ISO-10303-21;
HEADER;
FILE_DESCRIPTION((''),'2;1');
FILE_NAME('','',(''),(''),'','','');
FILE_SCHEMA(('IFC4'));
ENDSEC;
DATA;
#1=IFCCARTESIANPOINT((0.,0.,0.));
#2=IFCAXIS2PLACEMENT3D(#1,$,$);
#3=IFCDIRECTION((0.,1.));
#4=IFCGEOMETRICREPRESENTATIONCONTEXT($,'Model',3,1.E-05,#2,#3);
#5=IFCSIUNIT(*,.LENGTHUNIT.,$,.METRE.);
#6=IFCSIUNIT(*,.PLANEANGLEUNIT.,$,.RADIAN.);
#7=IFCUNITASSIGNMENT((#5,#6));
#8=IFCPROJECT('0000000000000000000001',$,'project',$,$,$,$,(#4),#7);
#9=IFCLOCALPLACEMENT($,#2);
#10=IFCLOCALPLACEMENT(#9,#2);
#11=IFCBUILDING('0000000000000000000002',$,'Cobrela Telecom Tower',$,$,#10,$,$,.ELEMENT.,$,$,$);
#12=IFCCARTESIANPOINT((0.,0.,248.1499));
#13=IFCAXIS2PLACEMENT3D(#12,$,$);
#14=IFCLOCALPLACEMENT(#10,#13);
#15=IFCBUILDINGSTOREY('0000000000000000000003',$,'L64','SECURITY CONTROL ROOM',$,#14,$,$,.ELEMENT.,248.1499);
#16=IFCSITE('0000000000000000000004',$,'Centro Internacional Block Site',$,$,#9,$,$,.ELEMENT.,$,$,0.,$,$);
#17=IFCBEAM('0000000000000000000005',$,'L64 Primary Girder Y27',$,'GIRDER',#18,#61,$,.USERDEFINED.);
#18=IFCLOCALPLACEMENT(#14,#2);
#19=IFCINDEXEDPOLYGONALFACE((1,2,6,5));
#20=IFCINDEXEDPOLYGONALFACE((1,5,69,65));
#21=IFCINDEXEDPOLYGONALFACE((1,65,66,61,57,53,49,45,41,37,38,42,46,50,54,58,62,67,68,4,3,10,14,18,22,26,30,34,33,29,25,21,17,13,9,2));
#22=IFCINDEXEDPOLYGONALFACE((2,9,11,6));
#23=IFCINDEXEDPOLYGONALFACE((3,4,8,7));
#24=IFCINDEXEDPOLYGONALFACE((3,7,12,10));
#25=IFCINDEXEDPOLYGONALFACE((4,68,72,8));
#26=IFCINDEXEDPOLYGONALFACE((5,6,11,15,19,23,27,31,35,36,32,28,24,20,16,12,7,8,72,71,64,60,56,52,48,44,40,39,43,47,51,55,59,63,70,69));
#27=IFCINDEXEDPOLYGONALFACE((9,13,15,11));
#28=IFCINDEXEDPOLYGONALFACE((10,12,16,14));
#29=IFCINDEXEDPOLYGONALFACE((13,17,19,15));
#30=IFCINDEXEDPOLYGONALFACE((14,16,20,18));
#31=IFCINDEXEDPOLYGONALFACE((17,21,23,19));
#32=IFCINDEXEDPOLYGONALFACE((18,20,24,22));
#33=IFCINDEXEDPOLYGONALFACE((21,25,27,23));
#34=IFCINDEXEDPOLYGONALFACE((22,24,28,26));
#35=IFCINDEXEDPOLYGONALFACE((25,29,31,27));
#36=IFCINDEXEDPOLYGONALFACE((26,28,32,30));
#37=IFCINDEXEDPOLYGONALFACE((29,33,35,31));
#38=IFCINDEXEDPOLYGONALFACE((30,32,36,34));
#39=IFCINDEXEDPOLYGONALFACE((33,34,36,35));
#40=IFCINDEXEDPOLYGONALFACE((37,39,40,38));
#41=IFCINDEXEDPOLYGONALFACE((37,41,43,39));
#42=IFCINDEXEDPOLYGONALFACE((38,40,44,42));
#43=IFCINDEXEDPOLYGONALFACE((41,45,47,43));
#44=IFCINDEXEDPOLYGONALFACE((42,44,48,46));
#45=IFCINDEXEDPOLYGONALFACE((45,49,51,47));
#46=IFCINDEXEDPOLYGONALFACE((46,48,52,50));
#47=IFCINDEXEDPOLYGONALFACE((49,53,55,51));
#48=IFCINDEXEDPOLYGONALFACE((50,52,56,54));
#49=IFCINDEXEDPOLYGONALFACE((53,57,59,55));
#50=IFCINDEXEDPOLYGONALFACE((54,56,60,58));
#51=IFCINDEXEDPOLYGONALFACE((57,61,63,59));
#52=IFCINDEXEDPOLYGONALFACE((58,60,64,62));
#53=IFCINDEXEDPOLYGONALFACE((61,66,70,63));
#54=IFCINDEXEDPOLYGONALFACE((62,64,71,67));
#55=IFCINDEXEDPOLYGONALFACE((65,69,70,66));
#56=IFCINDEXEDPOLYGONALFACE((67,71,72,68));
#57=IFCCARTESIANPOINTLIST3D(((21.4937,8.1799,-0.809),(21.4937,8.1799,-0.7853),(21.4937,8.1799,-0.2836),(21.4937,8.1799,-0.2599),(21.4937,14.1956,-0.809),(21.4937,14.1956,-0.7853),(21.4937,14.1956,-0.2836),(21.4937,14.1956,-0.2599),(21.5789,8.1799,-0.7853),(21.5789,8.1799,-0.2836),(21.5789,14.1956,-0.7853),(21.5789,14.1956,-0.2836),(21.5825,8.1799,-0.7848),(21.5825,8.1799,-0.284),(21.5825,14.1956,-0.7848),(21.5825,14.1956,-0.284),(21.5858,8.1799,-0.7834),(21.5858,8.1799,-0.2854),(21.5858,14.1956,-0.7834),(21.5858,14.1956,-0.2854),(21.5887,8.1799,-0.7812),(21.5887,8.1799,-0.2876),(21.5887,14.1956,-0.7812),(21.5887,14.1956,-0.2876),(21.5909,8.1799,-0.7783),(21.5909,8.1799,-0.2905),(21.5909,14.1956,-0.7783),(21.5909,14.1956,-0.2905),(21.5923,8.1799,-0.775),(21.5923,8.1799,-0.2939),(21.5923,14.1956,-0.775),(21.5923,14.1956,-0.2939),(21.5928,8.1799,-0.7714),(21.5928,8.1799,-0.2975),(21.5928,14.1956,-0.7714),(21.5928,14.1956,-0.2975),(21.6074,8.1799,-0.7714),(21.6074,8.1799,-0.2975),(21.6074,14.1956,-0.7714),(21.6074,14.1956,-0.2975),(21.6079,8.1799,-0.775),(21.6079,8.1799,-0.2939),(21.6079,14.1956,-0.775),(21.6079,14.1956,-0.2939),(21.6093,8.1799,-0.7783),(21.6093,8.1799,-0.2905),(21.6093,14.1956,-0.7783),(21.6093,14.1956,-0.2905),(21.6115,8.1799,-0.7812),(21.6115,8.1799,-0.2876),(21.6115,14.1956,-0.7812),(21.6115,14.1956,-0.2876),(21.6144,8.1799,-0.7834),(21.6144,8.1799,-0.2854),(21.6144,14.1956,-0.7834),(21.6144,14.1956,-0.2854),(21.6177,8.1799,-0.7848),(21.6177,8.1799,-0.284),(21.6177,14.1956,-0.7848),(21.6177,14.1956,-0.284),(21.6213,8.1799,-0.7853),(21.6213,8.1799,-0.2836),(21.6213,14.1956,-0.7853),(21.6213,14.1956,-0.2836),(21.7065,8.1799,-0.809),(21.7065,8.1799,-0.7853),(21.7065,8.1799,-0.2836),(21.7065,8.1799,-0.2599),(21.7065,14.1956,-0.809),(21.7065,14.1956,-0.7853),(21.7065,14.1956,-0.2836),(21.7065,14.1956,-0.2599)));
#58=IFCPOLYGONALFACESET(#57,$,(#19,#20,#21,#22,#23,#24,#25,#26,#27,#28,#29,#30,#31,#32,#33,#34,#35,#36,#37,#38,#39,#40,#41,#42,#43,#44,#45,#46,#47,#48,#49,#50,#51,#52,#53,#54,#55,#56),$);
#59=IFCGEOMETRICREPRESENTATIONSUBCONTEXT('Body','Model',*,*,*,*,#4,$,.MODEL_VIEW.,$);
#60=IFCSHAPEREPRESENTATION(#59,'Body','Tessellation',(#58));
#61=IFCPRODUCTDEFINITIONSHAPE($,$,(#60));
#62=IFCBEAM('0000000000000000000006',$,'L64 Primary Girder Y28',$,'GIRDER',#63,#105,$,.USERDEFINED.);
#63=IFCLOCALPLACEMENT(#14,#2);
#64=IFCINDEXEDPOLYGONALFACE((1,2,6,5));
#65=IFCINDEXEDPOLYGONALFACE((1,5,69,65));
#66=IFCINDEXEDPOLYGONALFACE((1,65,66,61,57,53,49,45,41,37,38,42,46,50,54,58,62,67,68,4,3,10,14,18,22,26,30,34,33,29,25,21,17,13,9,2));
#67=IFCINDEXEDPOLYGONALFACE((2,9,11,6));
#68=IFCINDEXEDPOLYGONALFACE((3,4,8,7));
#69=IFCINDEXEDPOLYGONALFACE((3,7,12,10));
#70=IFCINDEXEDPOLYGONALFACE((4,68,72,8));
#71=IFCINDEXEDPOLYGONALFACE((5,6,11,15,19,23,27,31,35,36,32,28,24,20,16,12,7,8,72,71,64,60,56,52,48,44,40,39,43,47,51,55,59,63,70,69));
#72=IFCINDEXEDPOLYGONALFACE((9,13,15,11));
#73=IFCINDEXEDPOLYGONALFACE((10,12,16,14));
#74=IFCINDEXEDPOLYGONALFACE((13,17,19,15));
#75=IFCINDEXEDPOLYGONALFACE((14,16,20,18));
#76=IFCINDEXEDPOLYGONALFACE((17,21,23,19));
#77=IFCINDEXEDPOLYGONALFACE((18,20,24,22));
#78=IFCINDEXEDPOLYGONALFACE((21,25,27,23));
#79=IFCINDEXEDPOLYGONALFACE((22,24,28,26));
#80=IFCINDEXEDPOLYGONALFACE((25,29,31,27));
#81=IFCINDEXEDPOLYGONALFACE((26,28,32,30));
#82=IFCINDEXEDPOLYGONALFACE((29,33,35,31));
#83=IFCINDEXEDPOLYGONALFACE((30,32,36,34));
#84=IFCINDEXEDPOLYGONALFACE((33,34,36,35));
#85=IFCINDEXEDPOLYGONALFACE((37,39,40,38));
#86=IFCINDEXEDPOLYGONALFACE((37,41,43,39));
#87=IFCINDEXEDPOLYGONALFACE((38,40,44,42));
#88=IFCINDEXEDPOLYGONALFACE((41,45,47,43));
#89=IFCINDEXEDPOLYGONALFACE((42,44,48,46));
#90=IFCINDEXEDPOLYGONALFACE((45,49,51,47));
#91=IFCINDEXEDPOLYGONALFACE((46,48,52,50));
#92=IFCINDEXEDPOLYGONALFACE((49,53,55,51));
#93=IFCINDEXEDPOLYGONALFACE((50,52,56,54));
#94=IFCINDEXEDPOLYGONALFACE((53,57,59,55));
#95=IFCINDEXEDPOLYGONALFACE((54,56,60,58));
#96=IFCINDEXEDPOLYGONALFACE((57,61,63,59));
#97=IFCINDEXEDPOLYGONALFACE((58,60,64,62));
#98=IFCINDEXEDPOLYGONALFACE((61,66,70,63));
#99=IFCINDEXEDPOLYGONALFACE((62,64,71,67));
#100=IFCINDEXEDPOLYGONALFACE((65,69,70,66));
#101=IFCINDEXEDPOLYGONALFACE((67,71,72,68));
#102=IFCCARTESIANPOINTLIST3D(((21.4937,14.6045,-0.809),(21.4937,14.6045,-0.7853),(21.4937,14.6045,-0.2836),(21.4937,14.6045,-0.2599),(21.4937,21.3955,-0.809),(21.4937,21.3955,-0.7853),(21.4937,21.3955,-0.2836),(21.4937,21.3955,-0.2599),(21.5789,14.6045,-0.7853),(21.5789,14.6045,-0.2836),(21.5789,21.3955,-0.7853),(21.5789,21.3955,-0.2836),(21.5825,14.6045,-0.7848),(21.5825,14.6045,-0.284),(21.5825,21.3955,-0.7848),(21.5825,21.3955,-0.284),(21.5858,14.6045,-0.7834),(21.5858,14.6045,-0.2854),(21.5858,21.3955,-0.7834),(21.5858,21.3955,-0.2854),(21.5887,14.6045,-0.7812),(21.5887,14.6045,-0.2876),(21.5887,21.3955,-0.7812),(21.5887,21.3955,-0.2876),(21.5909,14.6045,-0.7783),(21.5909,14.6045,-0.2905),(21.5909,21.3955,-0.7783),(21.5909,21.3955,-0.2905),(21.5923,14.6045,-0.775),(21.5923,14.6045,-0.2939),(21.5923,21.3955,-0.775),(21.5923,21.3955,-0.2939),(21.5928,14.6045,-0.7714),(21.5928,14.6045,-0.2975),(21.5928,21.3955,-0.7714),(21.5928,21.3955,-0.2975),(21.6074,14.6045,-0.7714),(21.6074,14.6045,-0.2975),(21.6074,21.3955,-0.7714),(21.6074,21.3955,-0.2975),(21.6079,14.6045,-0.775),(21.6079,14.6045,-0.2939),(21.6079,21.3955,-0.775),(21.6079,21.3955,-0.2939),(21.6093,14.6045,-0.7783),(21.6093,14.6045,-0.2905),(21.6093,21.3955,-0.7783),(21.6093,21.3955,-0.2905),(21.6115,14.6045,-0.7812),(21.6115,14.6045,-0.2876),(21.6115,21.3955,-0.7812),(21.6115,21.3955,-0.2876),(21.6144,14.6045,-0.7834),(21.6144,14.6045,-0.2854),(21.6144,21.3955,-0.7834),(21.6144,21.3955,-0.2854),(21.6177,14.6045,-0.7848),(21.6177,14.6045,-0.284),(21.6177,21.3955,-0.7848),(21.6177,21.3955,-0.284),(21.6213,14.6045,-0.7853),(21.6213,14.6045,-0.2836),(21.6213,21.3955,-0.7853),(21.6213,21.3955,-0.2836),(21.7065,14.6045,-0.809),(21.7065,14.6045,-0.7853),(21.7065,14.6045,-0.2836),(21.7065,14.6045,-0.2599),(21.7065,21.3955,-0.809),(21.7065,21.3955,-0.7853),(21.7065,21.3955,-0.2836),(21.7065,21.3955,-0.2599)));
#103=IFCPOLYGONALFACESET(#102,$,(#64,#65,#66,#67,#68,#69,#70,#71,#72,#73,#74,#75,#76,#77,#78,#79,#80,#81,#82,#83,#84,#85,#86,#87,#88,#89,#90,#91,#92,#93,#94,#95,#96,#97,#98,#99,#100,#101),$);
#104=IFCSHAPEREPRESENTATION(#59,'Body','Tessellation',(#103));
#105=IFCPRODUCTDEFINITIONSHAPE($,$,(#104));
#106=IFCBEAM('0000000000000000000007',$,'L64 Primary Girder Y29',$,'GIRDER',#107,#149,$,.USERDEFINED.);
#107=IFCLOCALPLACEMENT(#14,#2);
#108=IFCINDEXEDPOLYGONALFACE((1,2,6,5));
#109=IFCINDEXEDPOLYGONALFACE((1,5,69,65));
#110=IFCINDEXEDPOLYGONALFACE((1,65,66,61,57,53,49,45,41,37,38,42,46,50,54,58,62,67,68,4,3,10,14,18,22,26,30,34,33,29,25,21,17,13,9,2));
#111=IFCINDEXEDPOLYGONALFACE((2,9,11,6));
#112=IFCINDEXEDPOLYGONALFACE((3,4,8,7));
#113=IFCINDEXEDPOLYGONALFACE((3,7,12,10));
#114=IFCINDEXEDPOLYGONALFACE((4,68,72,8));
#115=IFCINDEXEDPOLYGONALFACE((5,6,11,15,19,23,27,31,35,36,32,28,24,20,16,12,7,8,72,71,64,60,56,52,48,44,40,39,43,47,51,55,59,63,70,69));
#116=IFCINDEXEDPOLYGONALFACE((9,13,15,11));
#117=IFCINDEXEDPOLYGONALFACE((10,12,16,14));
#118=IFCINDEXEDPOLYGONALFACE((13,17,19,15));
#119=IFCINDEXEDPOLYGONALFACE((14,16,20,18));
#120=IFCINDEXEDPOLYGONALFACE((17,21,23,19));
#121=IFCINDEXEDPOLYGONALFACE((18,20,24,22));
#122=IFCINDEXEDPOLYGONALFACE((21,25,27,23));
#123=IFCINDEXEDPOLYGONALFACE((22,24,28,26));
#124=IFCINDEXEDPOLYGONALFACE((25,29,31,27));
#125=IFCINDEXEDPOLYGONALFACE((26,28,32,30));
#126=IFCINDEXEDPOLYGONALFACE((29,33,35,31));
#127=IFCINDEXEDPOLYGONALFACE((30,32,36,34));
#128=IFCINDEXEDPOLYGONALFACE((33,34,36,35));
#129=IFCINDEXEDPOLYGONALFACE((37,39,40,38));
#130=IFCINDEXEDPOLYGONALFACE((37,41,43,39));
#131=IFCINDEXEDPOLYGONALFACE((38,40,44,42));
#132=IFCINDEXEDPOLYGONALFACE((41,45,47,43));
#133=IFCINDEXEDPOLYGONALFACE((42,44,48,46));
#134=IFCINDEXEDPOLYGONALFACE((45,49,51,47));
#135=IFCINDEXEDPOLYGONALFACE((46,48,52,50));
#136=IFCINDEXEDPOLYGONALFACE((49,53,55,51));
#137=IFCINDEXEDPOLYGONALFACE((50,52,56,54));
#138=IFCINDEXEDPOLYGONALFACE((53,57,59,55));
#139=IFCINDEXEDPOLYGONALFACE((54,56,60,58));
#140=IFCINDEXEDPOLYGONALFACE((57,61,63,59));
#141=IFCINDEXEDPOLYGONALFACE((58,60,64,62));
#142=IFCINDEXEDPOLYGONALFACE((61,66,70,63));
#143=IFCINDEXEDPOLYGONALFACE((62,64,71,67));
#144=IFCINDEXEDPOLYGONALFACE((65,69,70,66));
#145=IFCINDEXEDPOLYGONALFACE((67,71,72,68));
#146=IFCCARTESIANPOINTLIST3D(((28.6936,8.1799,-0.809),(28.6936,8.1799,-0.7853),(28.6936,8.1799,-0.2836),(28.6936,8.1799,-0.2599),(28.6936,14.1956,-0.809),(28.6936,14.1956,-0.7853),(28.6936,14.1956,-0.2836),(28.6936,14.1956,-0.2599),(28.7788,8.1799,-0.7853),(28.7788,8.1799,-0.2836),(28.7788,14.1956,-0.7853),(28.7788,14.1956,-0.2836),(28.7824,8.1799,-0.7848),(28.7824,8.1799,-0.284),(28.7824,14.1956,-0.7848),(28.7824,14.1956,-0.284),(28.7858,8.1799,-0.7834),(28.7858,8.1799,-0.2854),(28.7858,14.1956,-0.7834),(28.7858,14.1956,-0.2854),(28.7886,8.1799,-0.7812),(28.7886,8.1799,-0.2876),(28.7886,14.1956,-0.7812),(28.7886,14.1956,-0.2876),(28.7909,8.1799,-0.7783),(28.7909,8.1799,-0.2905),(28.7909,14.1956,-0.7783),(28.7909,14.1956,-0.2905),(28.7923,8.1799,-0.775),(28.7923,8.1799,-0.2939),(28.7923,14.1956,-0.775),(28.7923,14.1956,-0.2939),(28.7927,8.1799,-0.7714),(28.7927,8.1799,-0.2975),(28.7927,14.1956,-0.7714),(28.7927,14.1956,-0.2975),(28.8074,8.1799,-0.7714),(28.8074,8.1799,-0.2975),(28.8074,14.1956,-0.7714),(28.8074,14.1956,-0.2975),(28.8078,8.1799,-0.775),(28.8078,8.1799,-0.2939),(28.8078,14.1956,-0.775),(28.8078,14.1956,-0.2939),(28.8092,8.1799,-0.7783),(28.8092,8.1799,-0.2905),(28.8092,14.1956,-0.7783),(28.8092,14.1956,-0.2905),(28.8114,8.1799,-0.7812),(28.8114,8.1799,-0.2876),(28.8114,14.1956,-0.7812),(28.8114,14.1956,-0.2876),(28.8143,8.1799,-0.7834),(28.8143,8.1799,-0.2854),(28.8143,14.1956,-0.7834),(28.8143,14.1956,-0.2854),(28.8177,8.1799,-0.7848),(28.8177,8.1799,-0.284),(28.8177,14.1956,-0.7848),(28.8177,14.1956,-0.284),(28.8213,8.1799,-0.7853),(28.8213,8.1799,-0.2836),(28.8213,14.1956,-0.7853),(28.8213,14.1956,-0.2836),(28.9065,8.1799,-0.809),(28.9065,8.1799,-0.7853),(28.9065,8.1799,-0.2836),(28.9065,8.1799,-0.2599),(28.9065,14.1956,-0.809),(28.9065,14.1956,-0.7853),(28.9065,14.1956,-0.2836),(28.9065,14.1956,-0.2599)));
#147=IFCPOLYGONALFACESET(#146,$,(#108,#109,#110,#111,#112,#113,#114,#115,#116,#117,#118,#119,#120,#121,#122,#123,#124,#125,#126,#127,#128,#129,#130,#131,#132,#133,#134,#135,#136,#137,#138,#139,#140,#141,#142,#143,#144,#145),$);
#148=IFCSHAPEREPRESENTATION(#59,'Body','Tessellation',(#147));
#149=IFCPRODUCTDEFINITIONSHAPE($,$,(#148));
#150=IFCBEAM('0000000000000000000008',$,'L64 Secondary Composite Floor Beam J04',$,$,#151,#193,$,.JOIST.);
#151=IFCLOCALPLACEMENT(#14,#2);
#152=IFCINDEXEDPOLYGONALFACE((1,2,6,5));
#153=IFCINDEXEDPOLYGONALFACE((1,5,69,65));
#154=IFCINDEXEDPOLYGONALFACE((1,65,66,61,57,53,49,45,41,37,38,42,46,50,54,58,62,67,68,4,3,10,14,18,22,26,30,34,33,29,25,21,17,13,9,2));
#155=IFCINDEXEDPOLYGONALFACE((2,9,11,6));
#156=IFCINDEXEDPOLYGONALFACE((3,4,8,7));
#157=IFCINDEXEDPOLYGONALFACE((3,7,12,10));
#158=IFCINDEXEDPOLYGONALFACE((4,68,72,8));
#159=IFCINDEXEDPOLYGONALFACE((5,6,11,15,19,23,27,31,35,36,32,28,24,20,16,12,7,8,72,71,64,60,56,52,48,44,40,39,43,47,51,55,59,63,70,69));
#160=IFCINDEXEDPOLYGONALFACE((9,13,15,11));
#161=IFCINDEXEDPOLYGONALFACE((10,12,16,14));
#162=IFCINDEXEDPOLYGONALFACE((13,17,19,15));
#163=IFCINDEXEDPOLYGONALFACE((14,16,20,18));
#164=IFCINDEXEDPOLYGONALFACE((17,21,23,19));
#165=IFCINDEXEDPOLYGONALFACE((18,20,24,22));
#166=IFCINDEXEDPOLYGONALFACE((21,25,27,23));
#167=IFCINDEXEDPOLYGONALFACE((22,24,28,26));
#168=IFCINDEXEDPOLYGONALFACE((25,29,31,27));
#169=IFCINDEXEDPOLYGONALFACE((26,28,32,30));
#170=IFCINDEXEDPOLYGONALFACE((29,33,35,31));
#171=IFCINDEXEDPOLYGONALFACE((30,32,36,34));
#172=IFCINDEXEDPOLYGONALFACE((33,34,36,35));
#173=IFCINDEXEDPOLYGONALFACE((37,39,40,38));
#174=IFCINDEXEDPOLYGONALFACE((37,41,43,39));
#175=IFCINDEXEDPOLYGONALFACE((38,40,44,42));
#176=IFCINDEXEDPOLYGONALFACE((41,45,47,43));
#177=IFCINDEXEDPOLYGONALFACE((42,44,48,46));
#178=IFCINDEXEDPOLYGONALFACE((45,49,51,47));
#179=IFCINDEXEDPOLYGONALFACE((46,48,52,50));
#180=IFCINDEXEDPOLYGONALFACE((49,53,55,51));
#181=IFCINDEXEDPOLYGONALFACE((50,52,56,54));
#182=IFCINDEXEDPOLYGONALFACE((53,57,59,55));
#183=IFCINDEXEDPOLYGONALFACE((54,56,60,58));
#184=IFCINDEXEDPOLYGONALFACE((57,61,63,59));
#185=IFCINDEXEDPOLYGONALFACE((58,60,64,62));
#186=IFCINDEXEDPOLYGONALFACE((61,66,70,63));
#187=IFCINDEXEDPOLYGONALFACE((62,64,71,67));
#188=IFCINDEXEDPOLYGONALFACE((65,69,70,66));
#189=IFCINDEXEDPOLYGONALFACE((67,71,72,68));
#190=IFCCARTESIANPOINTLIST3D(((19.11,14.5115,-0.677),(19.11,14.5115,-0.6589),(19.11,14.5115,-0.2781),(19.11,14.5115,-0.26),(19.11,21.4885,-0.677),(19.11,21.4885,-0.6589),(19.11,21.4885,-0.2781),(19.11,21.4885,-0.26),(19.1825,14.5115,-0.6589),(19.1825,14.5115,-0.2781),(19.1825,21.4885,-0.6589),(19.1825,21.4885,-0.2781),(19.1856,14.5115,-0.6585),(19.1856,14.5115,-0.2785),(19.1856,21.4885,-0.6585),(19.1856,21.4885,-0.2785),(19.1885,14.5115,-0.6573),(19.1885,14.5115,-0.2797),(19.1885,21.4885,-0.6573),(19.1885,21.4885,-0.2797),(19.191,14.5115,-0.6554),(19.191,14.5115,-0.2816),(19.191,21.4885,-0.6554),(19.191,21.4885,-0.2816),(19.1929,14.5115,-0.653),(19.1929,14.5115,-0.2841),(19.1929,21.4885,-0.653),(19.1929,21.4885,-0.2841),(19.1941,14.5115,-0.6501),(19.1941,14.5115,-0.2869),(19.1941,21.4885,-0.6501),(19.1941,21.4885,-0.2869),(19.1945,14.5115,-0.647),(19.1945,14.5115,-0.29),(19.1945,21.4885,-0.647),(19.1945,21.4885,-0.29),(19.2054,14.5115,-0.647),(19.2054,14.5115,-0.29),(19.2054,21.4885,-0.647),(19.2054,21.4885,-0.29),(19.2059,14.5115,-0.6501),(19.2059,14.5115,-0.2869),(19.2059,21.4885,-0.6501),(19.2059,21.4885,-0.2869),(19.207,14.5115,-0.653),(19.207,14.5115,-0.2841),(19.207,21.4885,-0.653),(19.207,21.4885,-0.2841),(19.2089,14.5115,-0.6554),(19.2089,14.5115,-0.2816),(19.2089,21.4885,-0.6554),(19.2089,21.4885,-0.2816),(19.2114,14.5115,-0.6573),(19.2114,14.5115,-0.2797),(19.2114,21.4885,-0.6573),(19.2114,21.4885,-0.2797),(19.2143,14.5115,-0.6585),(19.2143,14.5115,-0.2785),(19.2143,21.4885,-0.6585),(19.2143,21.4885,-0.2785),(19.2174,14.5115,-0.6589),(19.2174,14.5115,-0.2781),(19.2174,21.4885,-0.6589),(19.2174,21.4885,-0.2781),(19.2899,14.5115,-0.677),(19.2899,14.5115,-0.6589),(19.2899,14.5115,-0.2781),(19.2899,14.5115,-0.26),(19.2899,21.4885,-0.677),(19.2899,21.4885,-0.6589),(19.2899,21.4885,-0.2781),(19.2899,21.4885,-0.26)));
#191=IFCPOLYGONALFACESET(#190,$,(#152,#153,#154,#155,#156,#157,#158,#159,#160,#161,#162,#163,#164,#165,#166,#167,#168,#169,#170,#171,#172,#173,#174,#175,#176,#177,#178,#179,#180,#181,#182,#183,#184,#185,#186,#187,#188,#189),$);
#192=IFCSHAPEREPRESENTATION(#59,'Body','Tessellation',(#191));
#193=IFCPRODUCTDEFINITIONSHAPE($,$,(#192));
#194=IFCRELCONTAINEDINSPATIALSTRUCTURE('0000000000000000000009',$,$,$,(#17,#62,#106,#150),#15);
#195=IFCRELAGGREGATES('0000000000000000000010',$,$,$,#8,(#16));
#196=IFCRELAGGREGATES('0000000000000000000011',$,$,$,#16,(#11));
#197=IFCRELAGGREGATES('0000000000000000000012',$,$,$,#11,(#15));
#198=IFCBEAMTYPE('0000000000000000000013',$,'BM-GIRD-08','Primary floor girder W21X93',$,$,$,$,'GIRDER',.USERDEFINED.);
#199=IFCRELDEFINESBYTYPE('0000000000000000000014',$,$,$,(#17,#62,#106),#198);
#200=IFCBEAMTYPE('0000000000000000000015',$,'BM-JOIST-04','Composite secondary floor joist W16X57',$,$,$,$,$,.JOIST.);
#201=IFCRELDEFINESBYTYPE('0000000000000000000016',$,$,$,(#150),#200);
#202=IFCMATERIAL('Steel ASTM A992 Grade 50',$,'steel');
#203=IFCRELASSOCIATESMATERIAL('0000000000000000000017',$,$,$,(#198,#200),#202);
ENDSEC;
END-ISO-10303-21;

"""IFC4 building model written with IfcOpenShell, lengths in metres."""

from ifc_helpers import new_model, si_unit, direction, frame, origin, origin_2d, place, context, subcontext, project, spatial, i_section, extrude, material, material_profile, profile_set, type_object, element, save


model = new_model("IFC4")

# Units and contexts
model_context = context("Model", 3, precision=1e-05, world=origin(), true_north=direction((0.0, 1.0)))
body_context = subcontext(model_context, "Body", "Model", "MODEL_VIEW")
ifc_project = project(units=[si_unit("LENGTHUNIT", "METRE"), si_unit("PLANEANGLEUNIT", "RADIAN")], contexts=[model_context])

# Site, building, storey
site_placement = place(None, origin())
site = spatial("IfcSite", under=ifc_project, at=site_placement, Name="Centro Internacional Block Site", CompositionType="ELEMENT", RefElevation=0.0)
building_placement = place(site_placement, origin())
building = spatial("IfcBuilding", under=site, at=building_placement, Name="Cobrela Telecom Tower", CompositionType="ELEMENT")
storey_placement = place(building_placement, frame((0.0, 0.0, 248.1499)))
storey = spatial("IfcBuildingStorey", under=building, at=storey_placement, Name="L64", Description="SECURITY CONTROL ROOM", CompositionType="ELEMENT", Elevation=248.1499)

# Shared definitions
ifc_material_1 = material(Name="Steel ASTM A992 Grade 50", Category="steel")

# Beams
ifc_material_profile_1 = material_profile(ifc_material_1, i_section(OverallWidth=0.2129, OverallDepth=0.5491, WebThickness=0.0146, FlangeThickness=0.0237, FilletRadius=0.0139, at=origin_2d()), Name="W21X93")
ifc_profile_set_1 = profile_set([ifc_material_profile_1], Name="Steel ASTM A992 Grade 50")
beam_type_1 = type_object("IfcBeamType", Name="BM-GIRD-08", Description="Primary floor girder W21X93", ElementType="GIRDER", PredefinedType="USERDEFINED", material=ifc_profile_set_1)
beam_1_placement = place(storey_placement, frame((21.6001, 8.1799, -0.5344), z_axis=(0.0, 1.0, 0.0), x_axis=(-1.0, 0.0, 0.0)))
element("IfcBeam", 1, at=beam_1_placement, inside=storey, type_object=beam_type_1, Name="L64 Primary Girder Y27", ObjectType="GIRDER", PredefinedType="USERDEFINED", context=body_context, shape_type="SweptSolid", body=[
    extrude(i_section(OverallWidth=0.2129, OverallDepth=0.5491, WebThickness=0.0146, FlangeThickness=0.0237, FilletRadius=0.0139, at=origin_2d()), origin(), (0.0, 0.0, 1.0), 6.0156),
])
beam_2_placement = place(storey_placement, frame((21.6001, 14.6045, -0.5344), z_axis=(0.0, 1.0, 0.0), x_axis=(-1.0, 0.0, 0.0)))
element("IfcBeam", 2, at=beam_2_placement, inside=storey, type_object=beam_type_1, Name="L64 Primary Girder Y28", ObjectType="GIRDER", PredefinedType="USERDEFINED", context=body_context, shape_type="SweptSolid", body=[
    extrude(i_section(OverallWidth=0.2129, OverallDepth=0.5491, WebThickness=0.0146, FlangeThickness=0.0237, FilletRadius=0.0139, at=origin_2d()), origin(), (0.0, 0.0, 1.0), 6.791),
])
beam_3_placement = place(storey_placement, frame((28.8, 8.1799, -0.5344), z_axis=(0.0, 1.0, 0.0), x_axis=(-1.0, 0.0, 0.0)))
element("IfcBeam", 3, at=beam_3_placement, inside=storey, type_object=beam_type_1, Name="L64 Primary Girder Y29", ObjectType="GIRDER", PredefinedType="USERDEFINED", context=body_context, shape_type="SweptSolid", body=[
    extrude(i_section(OverallWidth=0.2129, OverallDepth=0.5491, WebThickness=0.0146, FlangeThickness=0.0237, FilletRadius=0.0139, at=origin_2d()), origin(), (0.0, 0.0, 1.0), 6.0156),
])
ifc_material_profile_2 = material_profile(ifc_material_1, i_section(OverallWidth=0.1799, OverallDepth=0.417, WebThickness=0.011, FlangeThickness=0.0181, FilletRadius=0.012, at=origin_2d()), Name="W16X57")
ifc_profile_set_2 = profile_set([ifc_material_profile_2], Name="Steel ASTM A992 Grade 50")
beam_type_2 = type_object("IfcBeamType", Name="BM-JOIST-04", Description="Composite secondary floor joist W16X57", PredefinedType="JOIST", material=ifc_profile_set_2)
beam_4_placement = place(storey_placement, frame((19.2, 14.5115, -0.4685), z_axis=(0.0, 1.0, 0.0), x_axis=(-1.0, 0.0, 0.0)))
element("IfcBeam", 4, at=beam_4_placement, inside=storey, type_object=beam_type_2, Name="L64 Secondary Composite Floor Beam J04", PredefinedType="JOIST", context=body_context, shape_type="SweptSolid", body=[
    extrude(i_section(OverallWidth=0.1799, OverallDepth=0.417, WebThickness=0.011, FlangeThickness=0.0181, FilletRadius=0.012, at=origin_2d()), origin(), (0.0, 0.0, 1.0), 6.9771),
])

save(model, "model.ifc")
